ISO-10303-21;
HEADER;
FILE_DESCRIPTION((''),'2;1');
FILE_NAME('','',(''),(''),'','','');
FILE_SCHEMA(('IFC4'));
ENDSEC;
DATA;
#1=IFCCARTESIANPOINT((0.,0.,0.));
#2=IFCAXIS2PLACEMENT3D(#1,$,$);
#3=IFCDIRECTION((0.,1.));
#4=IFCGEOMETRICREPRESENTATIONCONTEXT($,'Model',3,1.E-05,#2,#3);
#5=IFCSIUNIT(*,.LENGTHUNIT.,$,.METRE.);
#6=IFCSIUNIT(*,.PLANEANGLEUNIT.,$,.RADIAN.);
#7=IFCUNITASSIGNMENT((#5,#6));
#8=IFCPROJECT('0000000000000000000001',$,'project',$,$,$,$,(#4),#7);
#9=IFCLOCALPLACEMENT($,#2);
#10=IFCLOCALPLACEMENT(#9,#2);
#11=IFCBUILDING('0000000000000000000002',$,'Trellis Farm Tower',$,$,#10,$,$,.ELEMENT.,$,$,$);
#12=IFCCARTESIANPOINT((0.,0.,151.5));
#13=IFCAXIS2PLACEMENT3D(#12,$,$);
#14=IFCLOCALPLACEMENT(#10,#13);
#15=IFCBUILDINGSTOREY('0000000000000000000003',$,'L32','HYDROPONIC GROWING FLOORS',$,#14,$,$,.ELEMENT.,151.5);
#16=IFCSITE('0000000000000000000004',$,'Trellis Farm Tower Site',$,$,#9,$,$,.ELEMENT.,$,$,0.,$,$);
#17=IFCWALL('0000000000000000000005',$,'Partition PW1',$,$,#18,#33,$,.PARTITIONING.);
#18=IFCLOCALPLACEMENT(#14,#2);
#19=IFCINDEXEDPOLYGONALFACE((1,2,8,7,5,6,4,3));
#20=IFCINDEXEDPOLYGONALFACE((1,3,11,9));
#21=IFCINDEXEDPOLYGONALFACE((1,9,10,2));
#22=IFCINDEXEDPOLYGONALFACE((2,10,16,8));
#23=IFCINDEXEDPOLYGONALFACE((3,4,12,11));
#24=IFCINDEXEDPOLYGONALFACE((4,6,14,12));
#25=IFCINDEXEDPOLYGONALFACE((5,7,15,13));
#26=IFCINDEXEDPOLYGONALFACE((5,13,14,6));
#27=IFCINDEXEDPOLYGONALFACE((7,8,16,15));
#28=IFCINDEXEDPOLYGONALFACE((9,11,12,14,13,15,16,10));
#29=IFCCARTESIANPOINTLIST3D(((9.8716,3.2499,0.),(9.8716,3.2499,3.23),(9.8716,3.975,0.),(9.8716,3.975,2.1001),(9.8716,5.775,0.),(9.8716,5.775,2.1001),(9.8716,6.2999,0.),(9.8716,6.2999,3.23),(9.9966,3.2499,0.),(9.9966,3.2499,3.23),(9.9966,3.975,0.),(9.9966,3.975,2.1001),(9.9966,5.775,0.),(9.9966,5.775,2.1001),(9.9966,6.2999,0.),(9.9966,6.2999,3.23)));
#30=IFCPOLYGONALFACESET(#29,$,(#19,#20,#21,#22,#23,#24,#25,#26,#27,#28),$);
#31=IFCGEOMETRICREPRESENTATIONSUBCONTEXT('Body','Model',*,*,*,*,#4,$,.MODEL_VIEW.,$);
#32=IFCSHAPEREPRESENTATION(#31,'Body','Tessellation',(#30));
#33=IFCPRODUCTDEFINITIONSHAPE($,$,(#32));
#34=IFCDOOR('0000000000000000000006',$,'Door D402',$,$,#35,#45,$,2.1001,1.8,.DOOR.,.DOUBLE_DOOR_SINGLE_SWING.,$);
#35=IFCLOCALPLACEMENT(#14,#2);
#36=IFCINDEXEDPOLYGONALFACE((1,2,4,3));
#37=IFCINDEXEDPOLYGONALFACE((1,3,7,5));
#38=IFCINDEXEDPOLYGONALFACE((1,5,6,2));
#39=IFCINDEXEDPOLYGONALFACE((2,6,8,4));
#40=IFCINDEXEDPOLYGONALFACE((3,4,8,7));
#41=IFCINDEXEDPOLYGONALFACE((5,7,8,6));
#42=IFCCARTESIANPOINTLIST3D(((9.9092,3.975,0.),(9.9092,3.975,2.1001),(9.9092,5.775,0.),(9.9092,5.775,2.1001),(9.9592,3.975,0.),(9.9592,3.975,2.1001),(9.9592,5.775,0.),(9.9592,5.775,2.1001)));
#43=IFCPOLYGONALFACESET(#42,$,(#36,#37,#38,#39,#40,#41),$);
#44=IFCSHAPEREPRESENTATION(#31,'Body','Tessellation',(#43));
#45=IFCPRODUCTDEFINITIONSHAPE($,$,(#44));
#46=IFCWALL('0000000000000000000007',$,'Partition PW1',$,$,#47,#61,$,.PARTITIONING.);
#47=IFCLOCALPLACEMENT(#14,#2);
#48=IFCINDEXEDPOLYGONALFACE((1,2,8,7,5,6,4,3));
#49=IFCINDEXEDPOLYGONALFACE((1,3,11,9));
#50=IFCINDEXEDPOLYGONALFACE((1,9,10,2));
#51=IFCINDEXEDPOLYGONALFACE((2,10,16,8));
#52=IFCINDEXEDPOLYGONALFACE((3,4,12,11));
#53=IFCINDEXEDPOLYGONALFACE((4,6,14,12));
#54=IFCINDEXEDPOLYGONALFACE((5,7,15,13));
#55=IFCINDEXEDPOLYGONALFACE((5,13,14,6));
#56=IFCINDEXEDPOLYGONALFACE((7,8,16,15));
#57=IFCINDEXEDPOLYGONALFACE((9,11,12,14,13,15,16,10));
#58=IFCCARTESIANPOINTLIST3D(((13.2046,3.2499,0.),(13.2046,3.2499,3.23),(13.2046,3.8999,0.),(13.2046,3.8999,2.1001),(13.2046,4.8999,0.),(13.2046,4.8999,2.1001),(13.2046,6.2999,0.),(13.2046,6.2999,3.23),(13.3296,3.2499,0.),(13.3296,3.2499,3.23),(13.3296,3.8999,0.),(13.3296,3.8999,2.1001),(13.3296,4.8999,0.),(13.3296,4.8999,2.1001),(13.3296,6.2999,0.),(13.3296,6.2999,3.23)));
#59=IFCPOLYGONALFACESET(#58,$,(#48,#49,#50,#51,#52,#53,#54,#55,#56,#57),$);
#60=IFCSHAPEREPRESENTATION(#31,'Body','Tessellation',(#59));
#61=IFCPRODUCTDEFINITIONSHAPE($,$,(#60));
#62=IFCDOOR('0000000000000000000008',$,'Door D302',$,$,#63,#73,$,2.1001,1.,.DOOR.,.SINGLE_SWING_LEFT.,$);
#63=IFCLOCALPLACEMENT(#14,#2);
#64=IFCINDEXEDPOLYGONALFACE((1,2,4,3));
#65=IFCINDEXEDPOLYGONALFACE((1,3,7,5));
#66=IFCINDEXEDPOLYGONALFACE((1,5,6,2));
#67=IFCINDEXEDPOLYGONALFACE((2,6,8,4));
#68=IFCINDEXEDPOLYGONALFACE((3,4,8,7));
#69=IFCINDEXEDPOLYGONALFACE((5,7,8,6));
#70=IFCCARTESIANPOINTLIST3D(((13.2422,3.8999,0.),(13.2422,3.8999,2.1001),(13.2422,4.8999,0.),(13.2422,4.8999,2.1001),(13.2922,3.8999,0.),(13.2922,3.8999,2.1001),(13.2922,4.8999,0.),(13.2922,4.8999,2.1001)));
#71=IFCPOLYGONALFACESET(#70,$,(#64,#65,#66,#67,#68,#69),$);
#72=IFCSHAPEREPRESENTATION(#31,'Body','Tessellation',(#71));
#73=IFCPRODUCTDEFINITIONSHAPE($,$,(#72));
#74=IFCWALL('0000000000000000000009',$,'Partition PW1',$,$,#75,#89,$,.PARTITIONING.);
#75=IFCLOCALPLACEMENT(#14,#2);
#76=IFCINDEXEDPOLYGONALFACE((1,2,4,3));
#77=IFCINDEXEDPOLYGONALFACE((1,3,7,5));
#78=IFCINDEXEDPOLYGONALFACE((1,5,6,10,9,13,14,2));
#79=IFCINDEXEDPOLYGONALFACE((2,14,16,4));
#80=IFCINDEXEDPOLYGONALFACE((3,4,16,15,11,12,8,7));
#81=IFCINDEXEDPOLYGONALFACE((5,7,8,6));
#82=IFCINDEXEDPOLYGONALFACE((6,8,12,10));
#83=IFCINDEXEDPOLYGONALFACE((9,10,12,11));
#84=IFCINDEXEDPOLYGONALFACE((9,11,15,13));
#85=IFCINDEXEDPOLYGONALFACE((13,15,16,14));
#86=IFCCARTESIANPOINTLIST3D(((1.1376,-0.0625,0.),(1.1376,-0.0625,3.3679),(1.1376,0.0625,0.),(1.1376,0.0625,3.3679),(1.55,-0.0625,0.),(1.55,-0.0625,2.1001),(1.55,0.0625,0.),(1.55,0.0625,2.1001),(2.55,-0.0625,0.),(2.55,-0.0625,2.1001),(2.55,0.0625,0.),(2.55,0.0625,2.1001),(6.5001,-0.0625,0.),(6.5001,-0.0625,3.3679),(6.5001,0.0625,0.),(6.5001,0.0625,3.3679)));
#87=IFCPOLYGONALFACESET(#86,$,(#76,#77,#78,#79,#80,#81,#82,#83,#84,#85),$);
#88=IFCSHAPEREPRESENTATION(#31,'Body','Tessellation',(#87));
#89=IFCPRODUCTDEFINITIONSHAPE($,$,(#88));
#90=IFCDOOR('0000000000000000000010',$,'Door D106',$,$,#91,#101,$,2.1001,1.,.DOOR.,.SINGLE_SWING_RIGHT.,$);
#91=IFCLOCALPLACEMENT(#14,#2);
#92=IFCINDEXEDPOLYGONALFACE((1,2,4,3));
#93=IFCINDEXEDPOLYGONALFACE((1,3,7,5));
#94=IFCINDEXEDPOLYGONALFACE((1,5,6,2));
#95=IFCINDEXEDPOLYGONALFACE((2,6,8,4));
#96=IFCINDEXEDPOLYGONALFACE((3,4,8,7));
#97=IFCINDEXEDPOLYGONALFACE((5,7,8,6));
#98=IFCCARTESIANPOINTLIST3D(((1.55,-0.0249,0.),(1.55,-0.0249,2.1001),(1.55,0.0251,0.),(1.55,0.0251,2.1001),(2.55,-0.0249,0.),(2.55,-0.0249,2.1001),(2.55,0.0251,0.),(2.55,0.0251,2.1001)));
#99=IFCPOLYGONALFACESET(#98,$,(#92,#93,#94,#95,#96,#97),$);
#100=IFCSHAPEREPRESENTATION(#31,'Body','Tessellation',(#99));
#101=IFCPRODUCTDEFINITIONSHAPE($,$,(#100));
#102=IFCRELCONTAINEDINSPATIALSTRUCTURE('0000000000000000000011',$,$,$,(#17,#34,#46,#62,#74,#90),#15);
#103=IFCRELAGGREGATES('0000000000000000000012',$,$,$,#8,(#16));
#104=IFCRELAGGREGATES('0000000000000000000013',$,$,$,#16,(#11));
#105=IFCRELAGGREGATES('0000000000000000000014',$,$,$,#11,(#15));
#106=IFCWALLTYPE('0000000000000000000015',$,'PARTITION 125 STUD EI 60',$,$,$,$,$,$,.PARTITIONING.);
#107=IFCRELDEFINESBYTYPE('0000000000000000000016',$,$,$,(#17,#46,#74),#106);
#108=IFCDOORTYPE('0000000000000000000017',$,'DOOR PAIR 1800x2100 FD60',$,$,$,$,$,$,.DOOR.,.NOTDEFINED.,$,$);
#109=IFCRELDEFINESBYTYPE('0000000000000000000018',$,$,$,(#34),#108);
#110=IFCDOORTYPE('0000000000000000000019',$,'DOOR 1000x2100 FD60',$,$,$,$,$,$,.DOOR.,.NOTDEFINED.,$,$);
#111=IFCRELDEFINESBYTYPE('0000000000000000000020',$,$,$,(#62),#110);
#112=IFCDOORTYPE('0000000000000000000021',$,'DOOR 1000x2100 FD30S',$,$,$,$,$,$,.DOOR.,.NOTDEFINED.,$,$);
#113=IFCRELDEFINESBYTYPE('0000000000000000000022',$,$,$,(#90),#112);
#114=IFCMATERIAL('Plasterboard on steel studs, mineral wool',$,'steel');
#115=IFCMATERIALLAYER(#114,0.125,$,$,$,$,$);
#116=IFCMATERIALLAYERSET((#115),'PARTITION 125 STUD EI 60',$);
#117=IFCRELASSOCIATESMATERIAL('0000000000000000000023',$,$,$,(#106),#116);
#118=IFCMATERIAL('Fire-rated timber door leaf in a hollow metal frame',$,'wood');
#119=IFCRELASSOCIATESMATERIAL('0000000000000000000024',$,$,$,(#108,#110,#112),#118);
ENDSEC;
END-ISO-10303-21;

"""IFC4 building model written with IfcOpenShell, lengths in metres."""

from ifc_helpers import new_model, si_unit, direction, frame, frame_2d, origin, place, context, subcontext, project, spatial, rectangle, extrude, source, transform, mapped, material, layer, layer_set, type_object, element, fill, save


model = new_model("IFC4")

# Units and contexts
model_context = context("Model", 3, precision=1e-05, world=origin(), true_north=direction((0.0, 1.0)))
body_context = subcontext(model_context, "Body", "Model", "MODEL_VIEW")
ifc_project = project(units=[si_unit("LENGTHUNIT", "METRE"), si_unit("PLANEANGLEUNIT", "RADIAN")], contexts=[model_context])

# Site, building, storey
site_placement = place(None, origin())
site = spatial("IfcSite", under=ifc_project, at=site_placement, Name="Trellis Farm Tower Site", CompositionType="ELEMENT", RefElevation=0.0)
building_placement = place(site_placement, origin())
building = spatial("IfcBuilding", under=site, at=building_placement, Name="Trellis Farm Tower", CompositionType="ELEMENT")
storey_placement = place(building_placement, frame((0.0, 0.0, 151.5)))
storey = spatial("IfcBuildingStorey", under=building, at=storey_placement, Name="L32", Description="HYDROPONIC GROWING FLOORS", CompositionType="ELEMENT", Elevation=151.5)

# Walls, openings, doors
ifc_material_1 = material(Name="Plasterboard on steel studs, mineral wool", Category="steel")
ifc_layer_1 = layer(ifc_material_1, 0.125)
ifc_layer_set_1 = layer_set([ifc_layer_1], Name="PARTITION 125 STUD EI 60")
wall_type_1 = type_object("IfcWallType", Name="PARTITION 125 STUD EI 60", PredefinedType="PARTITIONING", material=ifc_layer_set_1)
shared_shape_1 = source(origin(), body_context, "Body", "SweptSolid", [
    extrude(rectangle(XDim=3.05, YDim=0.125, at=frame_2d((1.5249, 0.0))), origin(), (0.0, 0.0, 1.0), 3.23),
])
wall_1_placement = place(storey_placement, frame((9.9341, 3.25, 0.0), z_axis=(0.0, 0.0, 1.0), x_axis=(0.0, 1.0, 0.0)))
wall_1 = element("IfcWall", 1, at=wall_1_placement, inside=storey, type_object=wall_type_1, Name="Partition PW1", PredefinedType="PARTITIONING", context=body_context, shape_type="MappedRepresentation", body=[
    mapped(shared_shape_1, transform((0.0, 0.0, 0.0))),
])
shared_shape_2 = source(origin(), body_context, "Body", "SweptSolid", [
    extrude(rectangle(XDim=1.8, YDim=2.1001, at=frame_2d((0.8999, 1.05))), frame((0.0, 0.0725, 0.0), z_axis=(0.0, -1.0, 0.0), x_axis=(1.0, 0.0, 0.0)), (0.0, 0.0, 1.0), 0.145),
])
opening_1_placement = place(wall_1_placement, frame((0.7251, 0.0, 0.0)))
opening_1 = element("IfcOpeningElement", 2, at=opening_1_placement, cuts=wall_1, PredefinedType="OPENING", context=body_context, shape_type="MappedRepresentation", body=[
    mapped(shared_shape_2, transform((0.0, 0.0, 0.0))),
])
ifc_material_2 = material(Name="Fire-rated timber door leaf in a hollow metal frame", Category="wood")
door_type_1 = type_object("IfcDoorType", Name="DOOR PAIR 1800x2100 FD60", OperationType="NOTDEFINED", PredefinedType="DOOR", material=ifc_material_2)
shared_shape_3 = source(origin(), body_context, "Body", "SweptSolid", [
    extrude(rectangle(XDim=1.8, YDim=2.1001, at=frame_2d((0.8999, 1.05))), frame((0.0, 0.0249, 0.0), z_axis=(0.0, -1.0, 0.0), x_axis=(1.0, 0.0, 0.0)), (0.0, 0.0, 1.0), 0.05),
])
door_1_placement = place(opening_1_placement, origin())
door_1 = element("IfcDoor", 3, at=door_1_placement, inside=storey, type_object=door_type_1, Name="Door D402", OperationType="DOUBLE_DOOR_SINGLE_SWING", OverallHeight=2.1001, OverallWidth=1.8, PredefinedType="DOOR", context=body_context, shape_type="MappedRepresentation", body=[
    mapped(shared_shape_3, transform((0.0, 0.0, 0.0))),
])
fill(opening_1, door_1)
wall_2_placement = place(storey_placement, frame((13.2671, 3.25, 0.0), z_axis=(0.0, 0.0, 1.0), x_axis=(0.0, 1.0, 0.0)))
wall_2 = element("IfcWall", 4, at=wall_2_placement, inside=storey, type_object=wall_type_1, Name="Partition PW1", PredefinedType="PARTITIONING", context=body_context, shape_type="MappedRepresentation", body=[
    mapped(shared_shape_1, transform((0.0, 0.0, 0.0))),
])
shared_shape_4 = source(origin(), body_context, "Body", "SweptSolid", [
    extrude(rectangle(XDim=1.0, YDim=2.1001, at=frame_2d((0.5, 1.05))), frame((0.0, 0.0725, 0.0), z_axis=(0.0, -1.0, 0.0), x_axis=(1.0, 0.0, 0.0)), (0.0, 0.0, 1.0), 0.145),
])
opening_2_placement = place(wall_2_placement, frame((0.6499, 0.0, 0.0)))
opening_2 = element("IfcOpeningElement", 5, at=opening_2_placement, cuts=wall_2, PredefinedType="OPENING", context=body_context, shape_type="MappedRepresentation", body=[
    mapped(shared_shape_4, transform((0.0, 0.0, 0.0))),
])
door_type_2 = type_object("IfcDoorType", Name="DOOR 1000x2100 FD60", OperationType="NOTDEFINED", PredefinedType="DOOR", material=ifc_material_2)
shared_shape_5 = source(origin(), body_context, "Body", "SweptSolid", [
    extrude(rectangle(XDim=1.0, YDim=2.1001, at=frame_2d((0.5, 1.05))), frame((0.0, 0.0249, 0.0), z_axis=(0.0, -1.0, 0.0), x_axis=(1.0, 0.0, 0.0)), (0.0, 0.0, 1.0), 0.05),
])
door_2_placement = place(opening_2_placement, origin())
door_2 = element("IfcDoor", 6, at=door_2_placement, inside=storey, type_object=door_type_2, Name="Door D302", OperationType="SINGLE_SWING_LEFT", OverallHeight=2.1001, OverallWidth=1.0, PredefinedType="DOOR", context=body_context, shape_type="MappedRepresentation", body=[
    mapped(shared_shape_5, transform((0.0, 0.0, 0.0))),
])
fill(opening_2, door_2)
shared_shape_6 = source(origin(), body_context, "Body", "SweptSolid", [
    extrude(rectangle(XDim=5.3625, YDim=0.125, at=frame_2d((2.6812, 0.0))), origin(), (0.0, 0.0, 1.0), 3.3679),
])
wall_3_placement = place(storey_placement, frame((6.5, 0.0, 0.0), z_axis=(0.0, 0.0, 1.0), x_axis=(-1.0, 0.0, 0.0)))
wall_3 = element("IfcWall", 7, at=wall_3_placement, inside=storey, type_object=wall_type_1, Name="Partition PW1", PredefinedType="PARTITIONING", context=body_context, shape_type="MappedRepresentation", body=[
    mapped(shared_shape_6, transform((0.0, 0.0, 0.0))),
])
opening_3_placement = place(wall_3_placement, frame((3.95, 0.0, 0.0)))
opening_3 = element("IfcOpeningElement", 8, at=opening_3_placement, cuts=wall_3, PredefinedType="OPENING", context=body_context, shape_type="MappedRepresentation", body=[
    mapped(shared_shape_4, transform((0.0, 0.0, 0.0))),
])
door_type_3 = type_object("IfcDoorType", Name="DOOR 1000x2100 FD30S", OperationType="NOTDEFINED", PredefinedType="DOOR", material=ifc_material_2)
door_3_placement = place(opening_3_placement, origin())
door_3 = element("IfcDoor", 9, at=door_3_placement, inside=storey, type_object=door_type_3, Name="Door D106", OperationType="SINGLE_SWING_RIGHT", OverallHeight=2.1001, OverallWidth=1.0, PredefinedType="DOOR", context=body_context, shape_type="MappedRepresentation", body=[
    mapped(shared_shape_5, transform((0.0, 0.0, 0.0))),
])
fill(opening_3, door_3)

save(model, "model.ifc")
